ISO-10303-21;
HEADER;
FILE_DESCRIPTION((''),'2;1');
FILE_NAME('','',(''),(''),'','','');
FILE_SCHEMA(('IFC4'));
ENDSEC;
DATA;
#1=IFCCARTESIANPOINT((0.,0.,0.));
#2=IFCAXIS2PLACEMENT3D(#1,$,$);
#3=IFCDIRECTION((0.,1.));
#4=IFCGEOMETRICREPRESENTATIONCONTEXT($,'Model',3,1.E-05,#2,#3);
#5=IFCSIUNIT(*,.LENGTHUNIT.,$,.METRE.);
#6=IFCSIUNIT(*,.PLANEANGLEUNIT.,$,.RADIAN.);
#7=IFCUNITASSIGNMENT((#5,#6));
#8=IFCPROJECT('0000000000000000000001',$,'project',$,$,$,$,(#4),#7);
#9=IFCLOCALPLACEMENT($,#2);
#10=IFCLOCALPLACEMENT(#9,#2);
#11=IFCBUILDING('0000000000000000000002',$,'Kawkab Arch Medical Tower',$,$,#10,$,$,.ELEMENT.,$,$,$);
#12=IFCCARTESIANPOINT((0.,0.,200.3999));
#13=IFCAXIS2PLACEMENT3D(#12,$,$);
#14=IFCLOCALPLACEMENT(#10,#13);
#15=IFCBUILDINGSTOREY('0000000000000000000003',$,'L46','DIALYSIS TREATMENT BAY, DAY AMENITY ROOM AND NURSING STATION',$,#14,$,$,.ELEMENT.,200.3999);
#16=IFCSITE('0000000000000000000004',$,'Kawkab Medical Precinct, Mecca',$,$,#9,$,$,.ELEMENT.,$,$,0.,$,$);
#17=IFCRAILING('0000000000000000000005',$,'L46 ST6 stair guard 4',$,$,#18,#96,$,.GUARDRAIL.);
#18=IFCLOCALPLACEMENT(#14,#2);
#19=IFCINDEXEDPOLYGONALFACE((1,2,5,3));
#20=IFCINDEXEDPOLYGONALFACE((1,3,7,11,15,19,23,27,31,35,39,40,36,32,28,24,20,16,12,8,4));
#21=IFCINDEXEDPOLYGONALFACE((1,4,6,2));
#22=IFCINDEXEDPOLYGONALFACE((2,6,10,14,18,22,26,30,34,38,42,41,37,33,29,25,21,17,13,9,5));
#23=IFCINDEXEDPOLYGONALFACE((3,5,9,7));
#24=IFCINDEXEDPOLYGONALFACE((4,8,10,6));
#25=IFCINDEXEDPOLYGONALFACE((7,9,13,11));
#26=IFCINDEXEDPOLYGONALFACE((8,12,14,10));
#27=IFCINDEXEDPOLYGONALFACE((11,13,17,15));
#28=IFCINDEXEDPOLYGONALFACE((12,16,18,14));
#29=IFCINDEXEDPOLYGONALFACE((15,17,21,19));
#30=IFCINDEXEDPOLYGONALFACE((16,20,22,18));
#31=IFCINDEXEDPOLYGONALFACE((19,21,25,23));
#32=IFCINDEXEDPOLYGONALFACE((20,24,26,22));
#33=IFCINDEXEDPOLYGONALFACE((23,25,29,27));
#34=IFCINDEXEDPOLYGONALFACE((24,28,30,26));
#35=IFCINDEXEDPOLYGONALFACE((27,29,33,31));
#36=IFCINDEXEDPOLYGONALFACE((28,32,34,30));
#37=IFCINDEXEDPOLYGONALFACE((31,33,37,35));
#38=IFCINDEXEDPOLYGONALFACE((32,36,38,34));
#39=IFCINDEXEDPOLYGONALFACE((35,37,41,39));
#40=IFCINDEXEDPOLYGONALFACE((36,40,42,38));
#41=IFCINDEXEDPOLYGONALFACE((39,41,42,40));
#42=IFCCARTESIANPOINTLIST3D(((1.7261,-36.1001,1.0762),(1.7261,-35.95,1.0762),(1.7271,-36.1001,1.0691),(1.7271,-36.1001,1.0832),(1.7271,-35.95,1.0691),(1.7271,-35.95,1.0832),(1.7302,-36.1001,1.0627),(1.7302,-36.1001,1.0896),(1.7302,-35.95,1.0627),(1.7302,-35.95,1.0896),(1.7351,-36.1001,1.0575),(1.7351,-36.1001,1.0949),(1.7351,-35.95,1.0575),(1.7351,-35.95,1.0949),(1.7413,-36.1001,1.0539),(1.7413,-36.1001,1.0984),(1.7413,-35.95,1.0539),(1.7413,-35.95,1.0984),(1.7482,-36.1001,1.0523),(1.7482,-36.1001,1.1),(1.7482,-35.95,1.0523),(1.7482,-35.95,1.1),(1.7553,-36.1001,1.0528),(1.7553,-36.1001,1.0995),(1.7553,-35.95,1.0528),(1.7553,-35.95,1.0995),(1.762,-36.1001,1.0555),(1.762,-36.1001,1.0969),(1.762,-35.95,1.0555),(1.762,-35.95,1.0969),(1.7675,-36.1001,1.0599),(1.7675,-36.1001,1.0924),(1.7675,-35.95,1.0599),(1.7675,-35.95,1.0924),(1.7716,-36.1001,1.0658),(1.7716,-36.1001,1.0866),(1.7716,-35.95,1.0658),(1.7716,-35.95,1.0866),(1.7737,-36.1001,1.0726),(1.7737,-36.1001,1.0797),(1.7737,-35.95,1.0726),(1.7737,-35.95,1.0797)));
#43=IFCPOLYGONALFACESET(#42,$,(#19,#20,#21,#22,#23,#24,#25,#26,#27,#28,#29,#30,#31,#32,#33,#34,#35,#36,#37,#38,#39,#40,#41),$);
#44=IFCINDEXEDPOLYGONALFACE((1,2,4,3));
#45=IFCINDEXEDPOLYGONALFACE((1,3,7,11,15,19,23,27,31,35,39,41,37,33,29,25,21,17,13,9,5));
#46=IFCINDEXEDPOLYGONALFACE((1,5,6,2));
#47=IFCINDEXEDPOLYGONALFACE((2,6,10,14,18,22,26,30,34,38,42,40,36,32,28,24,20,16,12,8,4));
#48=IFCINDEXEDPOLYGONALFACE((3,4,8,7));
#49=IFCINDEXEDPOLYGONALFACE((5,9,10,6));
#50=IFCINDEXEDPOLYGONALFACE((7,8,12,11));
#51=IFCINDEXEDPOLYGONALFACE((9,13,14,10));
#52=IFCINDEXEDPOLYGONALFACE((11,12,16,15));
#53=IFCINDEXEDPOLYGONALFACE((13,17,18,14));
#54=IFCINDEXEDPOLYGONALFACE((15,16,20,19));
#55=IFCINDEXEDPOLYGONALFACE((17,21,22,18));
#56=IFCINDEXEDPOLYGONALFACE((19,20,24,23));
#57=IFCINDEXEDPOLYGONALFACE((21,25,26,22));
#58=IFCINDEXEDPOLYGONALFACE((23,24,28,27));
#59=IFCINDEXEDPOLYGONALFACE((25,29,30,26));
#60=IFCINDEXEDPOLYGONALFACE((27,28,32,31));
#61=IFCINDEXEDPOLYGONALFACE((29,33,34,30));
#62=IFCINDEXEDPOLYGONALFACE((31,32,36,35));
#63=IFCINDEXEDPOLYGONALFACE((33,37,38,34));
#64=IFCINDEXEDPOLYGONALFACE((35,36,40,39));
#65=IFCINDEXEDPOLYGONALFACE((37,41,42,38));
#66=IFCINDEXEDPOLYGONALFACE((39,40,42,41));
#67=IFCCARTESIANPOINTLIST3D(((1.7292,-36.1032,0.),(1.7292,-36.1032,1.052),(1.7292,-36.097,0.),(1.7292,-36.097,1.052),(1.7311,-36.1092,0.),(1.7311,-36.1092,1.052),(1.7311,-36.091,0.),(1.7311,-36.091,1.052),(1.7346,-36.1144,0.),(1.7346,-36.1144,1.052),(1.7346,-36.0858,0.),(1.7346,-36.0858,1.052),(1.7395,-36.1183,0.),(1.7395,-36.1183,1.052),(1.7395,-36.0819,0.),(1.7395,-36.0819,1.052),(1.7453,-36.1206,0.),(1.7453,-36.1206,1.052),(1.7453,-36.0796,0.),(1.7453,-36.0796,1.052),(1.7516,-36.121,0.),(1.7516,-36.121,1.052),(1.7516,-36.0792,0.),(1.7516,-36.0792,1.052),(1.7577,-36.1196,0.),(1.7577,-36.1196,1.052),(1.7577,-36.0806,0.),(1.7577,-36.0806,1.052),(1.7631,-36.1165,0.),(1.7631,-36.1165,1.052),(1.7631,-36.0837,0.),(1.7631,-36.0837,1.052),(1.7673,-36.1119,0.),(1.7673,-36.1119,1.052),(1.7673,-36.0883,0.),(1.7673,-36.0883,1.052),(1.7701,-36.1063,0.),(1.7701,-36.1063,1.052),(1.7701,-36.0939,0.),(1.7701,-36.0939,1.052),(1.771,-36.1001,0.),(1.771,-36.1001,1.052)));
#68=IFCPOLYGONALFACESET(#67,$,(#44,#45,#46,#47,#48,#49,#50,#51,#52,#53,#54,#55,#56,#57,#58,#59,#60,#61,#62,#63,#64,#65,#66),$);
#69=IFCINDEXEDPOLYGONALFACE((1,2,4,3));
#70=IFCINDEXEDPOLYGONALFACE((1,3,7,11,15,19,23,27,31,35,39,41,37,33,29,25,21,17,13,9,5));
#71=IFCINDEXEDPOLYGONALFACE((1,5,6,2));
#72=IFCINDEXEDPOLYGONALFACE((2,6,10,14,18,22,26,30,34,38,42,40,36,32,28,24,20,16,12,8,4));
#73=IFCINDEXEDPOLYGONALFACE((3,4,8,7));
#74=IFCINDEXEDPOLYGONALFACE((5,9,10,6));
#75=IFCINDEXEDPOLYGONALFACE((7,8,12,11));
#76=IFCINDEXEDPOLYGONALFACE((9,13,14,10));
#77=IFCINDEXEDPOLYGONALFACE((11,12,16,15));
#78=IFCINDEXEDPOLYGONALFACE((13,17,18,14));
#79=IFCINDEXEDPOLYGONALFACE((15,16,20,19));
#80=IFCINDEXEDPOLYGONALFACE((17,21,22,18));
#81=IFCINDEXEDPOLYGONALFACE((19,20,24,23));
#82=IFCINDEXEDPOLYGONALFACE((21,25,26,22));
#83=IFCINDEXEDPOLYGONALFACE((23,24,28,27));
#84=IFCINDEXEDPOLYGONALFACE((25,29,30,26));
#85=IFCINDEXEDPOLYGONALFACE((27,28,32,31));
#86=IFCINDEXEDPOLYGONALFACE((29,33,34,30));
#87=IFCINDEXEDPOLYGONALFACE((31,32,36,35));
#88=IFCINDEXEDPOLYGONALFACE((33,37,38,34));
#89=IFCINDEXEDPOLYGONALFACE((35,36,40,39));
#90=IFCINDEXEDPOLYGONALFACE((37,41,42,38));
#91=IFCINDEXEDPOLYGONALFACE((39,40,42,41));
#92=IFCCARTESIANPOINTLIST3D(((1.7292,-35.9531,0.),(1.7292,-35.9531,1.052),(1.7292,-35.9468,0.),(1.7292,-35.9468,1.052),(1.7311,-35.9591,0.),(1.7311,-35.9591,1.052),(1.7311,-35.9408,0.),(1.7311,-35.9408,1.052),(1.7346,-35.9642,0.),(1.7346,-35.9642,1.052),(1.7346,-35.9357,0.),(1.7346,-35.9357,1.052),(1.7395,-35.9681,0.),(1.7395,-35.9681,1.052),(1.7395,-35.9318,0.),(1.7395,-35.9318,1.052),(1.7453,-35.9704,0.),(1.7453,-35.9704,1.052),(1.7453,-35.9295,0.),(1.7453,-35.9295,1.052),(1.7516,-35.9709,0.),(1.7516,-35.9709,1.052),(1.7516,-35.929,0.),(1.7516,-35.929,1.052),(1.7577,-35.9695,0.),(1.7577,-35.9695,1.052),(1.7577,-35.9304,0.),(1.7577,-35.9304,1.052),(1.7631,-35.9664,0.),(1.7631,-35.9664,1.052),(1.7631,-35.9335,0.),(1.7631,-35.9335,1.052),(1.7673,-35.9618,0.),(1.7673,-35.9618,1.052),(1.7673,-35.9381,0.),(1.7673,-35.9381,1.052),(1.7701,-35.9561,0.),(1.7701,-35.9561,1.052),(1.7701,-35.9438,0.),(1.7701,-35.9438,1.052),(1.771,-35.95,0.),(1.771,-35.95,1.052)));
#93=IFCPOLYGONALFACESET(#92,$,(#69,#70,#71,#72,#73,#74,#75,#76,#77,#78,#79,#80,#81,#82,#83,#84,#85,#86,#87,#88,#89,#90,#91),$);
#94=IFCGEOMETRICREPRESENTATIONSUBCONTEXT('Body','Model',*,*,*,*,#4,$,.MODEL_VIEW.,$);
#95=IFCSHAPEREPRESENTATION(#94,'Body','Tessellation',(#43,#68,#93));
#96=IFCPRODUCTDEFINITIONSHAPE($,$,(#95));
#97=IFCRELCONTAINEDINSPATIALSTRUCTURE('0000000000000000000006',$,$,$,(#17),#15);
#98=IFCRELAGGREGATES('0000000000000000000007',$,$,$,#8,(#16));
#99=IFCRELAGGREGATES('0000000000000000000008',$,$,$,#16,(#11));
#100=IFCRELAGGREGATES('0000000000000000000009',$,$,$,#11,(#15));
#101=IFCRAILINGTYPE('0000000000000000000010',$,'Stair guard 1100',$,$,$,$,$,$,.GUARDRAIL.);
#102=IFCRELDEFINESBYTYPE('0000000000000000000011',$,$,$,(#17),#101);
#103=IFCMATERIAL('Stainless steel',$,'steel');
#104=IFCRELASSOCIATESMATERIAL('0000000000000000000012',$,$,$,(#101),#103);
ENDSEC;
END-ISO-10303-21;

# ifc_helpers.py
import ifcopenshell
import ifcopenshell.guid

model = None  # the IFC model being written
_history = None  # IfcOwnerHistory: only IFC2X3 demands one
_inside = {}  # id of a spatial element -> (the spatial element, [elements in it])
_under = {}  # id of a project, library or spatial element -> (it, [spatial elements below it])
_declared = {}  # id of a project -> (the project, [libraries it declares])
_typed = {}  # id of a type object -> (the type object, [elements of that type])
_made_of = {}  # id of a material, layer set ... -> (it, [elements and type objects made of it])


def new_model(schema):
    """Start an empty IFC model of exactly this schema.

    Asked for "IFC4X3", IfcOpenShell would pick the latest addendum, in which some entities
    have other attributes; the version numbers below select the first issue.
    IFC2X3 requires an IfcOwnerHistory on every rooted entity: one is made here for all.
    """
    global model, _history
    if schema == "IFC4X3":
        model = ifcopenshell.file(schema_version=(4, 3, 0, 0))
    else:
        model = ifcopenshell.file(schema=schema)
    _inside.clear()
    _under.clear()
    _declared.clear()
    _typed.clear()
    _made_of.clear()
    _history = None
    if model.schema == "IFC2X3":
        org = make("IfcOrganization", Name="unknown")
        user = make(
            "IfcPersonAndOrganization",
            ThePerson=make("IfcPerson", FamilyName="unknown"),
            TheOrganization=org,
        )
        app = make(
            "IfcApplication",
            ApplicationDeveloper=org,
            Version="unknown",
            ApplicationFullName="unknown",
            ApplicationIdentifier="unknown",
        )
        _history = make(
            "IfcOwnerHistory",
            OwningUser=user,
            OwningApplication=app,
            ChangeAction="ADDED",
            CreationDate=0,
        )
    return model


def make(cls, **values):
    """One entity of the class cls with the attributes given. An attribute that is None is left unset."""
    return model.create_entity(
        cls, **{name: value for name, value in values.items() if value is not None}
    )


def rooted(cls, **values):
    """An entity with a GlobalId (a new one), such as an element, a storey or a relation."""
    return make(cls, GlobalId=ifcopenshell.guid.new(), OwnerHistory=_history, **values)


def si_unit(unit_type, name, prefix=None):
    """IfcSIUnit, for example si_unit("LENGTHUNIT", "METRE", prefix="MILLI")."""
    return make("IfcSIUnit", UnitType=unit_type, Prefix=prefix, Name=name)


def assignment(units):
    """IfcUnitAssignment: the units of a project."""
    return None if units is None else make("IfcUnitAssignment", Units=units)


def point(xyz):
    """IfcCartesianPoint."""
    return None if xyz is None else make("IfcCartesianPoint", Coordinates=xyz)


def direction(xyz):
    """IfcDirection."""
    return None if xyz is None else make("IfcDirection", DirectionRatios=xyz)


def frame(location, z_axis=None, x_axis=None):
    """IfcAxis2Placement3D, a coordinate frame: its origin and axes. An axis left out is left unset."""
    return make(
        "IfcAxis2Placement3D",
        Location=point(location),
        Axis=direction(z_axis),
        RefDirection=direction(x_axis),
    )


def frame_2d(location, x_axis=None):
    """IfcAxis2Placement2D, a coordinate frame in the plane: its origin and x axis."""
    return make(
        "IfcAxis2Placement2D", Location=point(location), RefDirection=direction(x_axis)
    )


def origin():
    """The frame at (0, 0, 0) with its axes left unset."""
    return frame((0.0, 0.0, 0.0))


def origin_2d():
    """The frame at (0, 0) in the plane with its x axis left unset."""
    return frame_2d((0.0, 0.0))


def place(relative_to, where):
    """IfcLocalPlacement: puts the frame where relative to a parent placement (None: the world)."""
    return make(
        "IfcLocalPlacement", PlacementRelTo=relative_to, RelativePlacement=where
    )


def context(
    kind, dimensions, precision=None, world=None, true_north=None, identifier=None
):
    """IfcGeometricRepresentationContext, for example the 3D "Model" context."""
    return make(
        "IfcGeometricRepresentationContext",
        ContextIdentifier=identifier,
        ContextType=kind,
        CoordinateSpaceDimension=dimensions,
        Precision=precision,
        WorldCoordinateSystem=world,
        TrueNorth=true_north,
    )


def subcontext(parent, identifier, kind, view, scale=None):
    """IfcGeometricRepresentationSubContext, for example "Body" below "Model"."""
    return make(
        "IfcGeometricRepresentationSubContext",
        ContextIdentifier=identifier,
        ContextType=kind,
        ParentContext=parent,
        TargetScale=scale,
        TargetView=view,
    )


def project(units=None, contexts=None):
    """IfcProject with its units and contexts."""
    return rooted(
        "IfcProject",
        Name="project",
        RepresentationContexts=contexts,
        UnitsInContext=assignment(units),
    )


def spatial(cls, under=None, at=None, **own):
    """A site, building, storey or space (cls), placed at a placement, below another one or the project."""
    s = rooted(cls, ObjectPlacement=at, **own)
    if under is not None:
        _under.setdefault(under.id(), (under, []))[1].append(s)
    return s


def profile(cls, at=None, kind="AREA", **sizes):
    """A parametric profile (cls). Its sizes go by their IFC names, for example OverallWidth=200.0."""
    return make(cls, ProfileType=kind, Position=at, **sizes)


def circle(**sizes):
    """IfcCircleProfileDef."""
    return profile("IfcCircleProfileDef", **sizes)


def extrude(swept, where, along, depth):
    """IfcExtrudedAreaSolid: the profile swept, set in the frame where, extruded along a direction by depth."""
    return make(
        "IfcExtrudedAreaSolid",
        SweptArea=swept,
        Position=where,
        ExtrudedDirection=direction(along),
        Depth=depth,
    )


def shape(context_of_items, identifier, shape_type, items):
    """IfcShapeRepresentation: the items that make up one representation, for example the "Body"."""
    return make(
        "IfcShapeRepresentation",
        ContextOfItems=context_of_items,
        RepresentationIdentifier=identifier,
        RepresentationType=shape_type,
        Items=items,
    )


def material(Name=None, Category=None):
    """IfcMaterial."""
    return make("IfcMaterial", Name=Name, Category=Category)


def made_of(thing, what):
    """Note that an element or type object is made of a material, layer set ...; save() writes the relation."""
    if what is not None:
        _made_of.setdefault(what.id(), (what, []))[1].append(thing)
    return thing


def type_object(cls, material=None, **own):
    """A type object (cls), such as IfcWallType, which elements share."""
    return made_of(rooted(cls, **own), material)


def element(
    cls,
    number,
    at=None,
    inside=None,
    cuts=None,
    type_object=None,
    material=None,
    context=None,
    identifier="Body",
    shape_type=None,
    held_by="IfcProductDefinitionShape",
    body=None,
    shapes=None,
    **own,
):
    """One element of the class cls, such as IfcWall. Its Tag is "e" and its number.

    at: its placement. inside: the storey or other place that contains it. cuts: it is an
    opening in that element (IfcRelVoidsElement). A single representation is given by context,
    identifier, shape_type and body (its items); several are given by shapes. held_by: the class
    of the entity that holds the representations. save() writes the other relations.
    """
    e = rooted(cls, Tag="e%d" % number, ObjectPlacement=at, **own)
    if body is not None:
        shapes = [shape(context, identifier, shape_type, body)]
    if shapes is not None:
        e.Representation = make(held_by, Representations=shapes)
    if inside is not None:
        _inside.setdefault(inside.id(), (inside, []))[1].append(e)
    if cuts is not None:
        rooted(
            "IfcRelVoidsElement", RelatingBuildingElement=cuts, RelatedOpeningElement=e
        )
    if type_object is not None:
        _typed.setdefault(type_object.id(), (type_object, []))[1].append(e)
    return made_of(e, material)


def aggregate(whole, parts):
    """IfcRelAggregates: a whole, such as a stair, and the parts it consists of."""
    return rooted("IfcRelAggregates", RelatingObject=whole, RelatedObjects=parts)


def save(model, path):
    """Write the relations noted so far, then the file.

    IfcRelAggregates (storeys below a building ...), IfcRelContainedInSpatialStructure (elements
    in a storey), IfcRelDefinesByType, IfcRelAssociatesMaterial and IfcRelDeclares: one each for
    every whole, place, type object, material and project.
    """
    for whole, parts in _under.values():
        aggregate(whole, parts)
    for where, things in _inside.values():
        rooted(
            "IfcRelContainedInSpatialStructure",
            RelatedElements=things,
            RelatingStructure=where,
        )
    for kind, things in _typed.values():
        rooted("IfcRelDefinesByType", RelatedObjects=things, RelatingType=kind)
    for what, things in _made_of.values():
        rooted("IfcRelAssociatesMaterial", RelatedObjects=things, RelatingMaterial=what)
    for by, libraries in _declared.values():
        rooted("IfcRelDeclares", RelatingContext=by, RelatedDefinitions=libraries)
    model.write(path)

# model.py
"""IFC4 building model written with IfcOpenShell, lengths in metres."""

from ifc_helpers import new_model, si_unit, direction, frame, origin, origin_2d, place, context, subcontext, project, spatial, circle, extrude, material, type_object, element, save


model = new_model("IFC4")

# Units and contexts
model_context = context("Model", 3, precision=1e-05, world=origin(), true_north=direction((0.0, 1.0)))
body_context = subcontext(model_context, "Body", "Model", "MODEL_VIEW")
ifc_project = project(units=[si_unit("LENGTHUNIT", "METRE"), si_unit("PLANEANGLEUNIT", "RADIAN")], contexts=[model_context])

# Site, building, storey
site_placement = place(None, origin())
site = spatial("IfcSite", under=ifc_project, at=site_placement, Name="Kawkab Medical Precinct, Mecca", CompositionType="ELEMENT", RefElevation=0.0)
building_placement = place(site_placement, origin())
building = spatial("IfcBuilding", under=site, at=building_placement, Name="Kawkab Arch Medical Tower", CompositionType="ELEMENT")
storey_placement = place(building_placement, frame((0.0, 0.0, 200.3999)))
storey = spatial("IfcBuildingStorey", under=building, at=storey_placement, Name="L46", Description="DIALYSIS TREATMENT BAY, DAY AMENITY ROOM AND NURSING STATION", CompositionType="ELEMENT", Elevation=200.3999)

# Railing
ifc_material_1 = material(Name="Stainless steel", Category="steel")
railing_type_1 = type_object("IfcRailingType", Name="Stair guard 1100", PredefinedType="GUARDRAIL", material=ifc_material_1)
railing_1_placement = place(storey_placement, frame((1.75, -36.1001, 0.0)))
element("IfcRailing", 1, at=railing_1_placement, inside=storey, type_object=railing_type_1, Name="L46 ST6 stair guard 4", PredefinedType="GUARDRAIL", context=body_context, shape_type="SweptSolid", body=[
    extrude(circle(Radius=0.0239, at=origin_2d()), frame((0.0, 0.0, 1.0762), z_axis=(0.0, 1.0, 0.0), x_axis=(-1.0, 0.0, 0.0)), (0.0, 0.0, 1.0), 0.1501),
    extrude(circle(Radius=0.021, at=origin_2d()), origin(), (0.0, 0.0, 1.0), 1.052),
    extrude(circle(Radius=0.021, at=origin_2d()), frame((0.0, 0.1501, 0.0)), (0.0, 0.0, 1.0), 1.052),
])

save(model, "model.ifc")
